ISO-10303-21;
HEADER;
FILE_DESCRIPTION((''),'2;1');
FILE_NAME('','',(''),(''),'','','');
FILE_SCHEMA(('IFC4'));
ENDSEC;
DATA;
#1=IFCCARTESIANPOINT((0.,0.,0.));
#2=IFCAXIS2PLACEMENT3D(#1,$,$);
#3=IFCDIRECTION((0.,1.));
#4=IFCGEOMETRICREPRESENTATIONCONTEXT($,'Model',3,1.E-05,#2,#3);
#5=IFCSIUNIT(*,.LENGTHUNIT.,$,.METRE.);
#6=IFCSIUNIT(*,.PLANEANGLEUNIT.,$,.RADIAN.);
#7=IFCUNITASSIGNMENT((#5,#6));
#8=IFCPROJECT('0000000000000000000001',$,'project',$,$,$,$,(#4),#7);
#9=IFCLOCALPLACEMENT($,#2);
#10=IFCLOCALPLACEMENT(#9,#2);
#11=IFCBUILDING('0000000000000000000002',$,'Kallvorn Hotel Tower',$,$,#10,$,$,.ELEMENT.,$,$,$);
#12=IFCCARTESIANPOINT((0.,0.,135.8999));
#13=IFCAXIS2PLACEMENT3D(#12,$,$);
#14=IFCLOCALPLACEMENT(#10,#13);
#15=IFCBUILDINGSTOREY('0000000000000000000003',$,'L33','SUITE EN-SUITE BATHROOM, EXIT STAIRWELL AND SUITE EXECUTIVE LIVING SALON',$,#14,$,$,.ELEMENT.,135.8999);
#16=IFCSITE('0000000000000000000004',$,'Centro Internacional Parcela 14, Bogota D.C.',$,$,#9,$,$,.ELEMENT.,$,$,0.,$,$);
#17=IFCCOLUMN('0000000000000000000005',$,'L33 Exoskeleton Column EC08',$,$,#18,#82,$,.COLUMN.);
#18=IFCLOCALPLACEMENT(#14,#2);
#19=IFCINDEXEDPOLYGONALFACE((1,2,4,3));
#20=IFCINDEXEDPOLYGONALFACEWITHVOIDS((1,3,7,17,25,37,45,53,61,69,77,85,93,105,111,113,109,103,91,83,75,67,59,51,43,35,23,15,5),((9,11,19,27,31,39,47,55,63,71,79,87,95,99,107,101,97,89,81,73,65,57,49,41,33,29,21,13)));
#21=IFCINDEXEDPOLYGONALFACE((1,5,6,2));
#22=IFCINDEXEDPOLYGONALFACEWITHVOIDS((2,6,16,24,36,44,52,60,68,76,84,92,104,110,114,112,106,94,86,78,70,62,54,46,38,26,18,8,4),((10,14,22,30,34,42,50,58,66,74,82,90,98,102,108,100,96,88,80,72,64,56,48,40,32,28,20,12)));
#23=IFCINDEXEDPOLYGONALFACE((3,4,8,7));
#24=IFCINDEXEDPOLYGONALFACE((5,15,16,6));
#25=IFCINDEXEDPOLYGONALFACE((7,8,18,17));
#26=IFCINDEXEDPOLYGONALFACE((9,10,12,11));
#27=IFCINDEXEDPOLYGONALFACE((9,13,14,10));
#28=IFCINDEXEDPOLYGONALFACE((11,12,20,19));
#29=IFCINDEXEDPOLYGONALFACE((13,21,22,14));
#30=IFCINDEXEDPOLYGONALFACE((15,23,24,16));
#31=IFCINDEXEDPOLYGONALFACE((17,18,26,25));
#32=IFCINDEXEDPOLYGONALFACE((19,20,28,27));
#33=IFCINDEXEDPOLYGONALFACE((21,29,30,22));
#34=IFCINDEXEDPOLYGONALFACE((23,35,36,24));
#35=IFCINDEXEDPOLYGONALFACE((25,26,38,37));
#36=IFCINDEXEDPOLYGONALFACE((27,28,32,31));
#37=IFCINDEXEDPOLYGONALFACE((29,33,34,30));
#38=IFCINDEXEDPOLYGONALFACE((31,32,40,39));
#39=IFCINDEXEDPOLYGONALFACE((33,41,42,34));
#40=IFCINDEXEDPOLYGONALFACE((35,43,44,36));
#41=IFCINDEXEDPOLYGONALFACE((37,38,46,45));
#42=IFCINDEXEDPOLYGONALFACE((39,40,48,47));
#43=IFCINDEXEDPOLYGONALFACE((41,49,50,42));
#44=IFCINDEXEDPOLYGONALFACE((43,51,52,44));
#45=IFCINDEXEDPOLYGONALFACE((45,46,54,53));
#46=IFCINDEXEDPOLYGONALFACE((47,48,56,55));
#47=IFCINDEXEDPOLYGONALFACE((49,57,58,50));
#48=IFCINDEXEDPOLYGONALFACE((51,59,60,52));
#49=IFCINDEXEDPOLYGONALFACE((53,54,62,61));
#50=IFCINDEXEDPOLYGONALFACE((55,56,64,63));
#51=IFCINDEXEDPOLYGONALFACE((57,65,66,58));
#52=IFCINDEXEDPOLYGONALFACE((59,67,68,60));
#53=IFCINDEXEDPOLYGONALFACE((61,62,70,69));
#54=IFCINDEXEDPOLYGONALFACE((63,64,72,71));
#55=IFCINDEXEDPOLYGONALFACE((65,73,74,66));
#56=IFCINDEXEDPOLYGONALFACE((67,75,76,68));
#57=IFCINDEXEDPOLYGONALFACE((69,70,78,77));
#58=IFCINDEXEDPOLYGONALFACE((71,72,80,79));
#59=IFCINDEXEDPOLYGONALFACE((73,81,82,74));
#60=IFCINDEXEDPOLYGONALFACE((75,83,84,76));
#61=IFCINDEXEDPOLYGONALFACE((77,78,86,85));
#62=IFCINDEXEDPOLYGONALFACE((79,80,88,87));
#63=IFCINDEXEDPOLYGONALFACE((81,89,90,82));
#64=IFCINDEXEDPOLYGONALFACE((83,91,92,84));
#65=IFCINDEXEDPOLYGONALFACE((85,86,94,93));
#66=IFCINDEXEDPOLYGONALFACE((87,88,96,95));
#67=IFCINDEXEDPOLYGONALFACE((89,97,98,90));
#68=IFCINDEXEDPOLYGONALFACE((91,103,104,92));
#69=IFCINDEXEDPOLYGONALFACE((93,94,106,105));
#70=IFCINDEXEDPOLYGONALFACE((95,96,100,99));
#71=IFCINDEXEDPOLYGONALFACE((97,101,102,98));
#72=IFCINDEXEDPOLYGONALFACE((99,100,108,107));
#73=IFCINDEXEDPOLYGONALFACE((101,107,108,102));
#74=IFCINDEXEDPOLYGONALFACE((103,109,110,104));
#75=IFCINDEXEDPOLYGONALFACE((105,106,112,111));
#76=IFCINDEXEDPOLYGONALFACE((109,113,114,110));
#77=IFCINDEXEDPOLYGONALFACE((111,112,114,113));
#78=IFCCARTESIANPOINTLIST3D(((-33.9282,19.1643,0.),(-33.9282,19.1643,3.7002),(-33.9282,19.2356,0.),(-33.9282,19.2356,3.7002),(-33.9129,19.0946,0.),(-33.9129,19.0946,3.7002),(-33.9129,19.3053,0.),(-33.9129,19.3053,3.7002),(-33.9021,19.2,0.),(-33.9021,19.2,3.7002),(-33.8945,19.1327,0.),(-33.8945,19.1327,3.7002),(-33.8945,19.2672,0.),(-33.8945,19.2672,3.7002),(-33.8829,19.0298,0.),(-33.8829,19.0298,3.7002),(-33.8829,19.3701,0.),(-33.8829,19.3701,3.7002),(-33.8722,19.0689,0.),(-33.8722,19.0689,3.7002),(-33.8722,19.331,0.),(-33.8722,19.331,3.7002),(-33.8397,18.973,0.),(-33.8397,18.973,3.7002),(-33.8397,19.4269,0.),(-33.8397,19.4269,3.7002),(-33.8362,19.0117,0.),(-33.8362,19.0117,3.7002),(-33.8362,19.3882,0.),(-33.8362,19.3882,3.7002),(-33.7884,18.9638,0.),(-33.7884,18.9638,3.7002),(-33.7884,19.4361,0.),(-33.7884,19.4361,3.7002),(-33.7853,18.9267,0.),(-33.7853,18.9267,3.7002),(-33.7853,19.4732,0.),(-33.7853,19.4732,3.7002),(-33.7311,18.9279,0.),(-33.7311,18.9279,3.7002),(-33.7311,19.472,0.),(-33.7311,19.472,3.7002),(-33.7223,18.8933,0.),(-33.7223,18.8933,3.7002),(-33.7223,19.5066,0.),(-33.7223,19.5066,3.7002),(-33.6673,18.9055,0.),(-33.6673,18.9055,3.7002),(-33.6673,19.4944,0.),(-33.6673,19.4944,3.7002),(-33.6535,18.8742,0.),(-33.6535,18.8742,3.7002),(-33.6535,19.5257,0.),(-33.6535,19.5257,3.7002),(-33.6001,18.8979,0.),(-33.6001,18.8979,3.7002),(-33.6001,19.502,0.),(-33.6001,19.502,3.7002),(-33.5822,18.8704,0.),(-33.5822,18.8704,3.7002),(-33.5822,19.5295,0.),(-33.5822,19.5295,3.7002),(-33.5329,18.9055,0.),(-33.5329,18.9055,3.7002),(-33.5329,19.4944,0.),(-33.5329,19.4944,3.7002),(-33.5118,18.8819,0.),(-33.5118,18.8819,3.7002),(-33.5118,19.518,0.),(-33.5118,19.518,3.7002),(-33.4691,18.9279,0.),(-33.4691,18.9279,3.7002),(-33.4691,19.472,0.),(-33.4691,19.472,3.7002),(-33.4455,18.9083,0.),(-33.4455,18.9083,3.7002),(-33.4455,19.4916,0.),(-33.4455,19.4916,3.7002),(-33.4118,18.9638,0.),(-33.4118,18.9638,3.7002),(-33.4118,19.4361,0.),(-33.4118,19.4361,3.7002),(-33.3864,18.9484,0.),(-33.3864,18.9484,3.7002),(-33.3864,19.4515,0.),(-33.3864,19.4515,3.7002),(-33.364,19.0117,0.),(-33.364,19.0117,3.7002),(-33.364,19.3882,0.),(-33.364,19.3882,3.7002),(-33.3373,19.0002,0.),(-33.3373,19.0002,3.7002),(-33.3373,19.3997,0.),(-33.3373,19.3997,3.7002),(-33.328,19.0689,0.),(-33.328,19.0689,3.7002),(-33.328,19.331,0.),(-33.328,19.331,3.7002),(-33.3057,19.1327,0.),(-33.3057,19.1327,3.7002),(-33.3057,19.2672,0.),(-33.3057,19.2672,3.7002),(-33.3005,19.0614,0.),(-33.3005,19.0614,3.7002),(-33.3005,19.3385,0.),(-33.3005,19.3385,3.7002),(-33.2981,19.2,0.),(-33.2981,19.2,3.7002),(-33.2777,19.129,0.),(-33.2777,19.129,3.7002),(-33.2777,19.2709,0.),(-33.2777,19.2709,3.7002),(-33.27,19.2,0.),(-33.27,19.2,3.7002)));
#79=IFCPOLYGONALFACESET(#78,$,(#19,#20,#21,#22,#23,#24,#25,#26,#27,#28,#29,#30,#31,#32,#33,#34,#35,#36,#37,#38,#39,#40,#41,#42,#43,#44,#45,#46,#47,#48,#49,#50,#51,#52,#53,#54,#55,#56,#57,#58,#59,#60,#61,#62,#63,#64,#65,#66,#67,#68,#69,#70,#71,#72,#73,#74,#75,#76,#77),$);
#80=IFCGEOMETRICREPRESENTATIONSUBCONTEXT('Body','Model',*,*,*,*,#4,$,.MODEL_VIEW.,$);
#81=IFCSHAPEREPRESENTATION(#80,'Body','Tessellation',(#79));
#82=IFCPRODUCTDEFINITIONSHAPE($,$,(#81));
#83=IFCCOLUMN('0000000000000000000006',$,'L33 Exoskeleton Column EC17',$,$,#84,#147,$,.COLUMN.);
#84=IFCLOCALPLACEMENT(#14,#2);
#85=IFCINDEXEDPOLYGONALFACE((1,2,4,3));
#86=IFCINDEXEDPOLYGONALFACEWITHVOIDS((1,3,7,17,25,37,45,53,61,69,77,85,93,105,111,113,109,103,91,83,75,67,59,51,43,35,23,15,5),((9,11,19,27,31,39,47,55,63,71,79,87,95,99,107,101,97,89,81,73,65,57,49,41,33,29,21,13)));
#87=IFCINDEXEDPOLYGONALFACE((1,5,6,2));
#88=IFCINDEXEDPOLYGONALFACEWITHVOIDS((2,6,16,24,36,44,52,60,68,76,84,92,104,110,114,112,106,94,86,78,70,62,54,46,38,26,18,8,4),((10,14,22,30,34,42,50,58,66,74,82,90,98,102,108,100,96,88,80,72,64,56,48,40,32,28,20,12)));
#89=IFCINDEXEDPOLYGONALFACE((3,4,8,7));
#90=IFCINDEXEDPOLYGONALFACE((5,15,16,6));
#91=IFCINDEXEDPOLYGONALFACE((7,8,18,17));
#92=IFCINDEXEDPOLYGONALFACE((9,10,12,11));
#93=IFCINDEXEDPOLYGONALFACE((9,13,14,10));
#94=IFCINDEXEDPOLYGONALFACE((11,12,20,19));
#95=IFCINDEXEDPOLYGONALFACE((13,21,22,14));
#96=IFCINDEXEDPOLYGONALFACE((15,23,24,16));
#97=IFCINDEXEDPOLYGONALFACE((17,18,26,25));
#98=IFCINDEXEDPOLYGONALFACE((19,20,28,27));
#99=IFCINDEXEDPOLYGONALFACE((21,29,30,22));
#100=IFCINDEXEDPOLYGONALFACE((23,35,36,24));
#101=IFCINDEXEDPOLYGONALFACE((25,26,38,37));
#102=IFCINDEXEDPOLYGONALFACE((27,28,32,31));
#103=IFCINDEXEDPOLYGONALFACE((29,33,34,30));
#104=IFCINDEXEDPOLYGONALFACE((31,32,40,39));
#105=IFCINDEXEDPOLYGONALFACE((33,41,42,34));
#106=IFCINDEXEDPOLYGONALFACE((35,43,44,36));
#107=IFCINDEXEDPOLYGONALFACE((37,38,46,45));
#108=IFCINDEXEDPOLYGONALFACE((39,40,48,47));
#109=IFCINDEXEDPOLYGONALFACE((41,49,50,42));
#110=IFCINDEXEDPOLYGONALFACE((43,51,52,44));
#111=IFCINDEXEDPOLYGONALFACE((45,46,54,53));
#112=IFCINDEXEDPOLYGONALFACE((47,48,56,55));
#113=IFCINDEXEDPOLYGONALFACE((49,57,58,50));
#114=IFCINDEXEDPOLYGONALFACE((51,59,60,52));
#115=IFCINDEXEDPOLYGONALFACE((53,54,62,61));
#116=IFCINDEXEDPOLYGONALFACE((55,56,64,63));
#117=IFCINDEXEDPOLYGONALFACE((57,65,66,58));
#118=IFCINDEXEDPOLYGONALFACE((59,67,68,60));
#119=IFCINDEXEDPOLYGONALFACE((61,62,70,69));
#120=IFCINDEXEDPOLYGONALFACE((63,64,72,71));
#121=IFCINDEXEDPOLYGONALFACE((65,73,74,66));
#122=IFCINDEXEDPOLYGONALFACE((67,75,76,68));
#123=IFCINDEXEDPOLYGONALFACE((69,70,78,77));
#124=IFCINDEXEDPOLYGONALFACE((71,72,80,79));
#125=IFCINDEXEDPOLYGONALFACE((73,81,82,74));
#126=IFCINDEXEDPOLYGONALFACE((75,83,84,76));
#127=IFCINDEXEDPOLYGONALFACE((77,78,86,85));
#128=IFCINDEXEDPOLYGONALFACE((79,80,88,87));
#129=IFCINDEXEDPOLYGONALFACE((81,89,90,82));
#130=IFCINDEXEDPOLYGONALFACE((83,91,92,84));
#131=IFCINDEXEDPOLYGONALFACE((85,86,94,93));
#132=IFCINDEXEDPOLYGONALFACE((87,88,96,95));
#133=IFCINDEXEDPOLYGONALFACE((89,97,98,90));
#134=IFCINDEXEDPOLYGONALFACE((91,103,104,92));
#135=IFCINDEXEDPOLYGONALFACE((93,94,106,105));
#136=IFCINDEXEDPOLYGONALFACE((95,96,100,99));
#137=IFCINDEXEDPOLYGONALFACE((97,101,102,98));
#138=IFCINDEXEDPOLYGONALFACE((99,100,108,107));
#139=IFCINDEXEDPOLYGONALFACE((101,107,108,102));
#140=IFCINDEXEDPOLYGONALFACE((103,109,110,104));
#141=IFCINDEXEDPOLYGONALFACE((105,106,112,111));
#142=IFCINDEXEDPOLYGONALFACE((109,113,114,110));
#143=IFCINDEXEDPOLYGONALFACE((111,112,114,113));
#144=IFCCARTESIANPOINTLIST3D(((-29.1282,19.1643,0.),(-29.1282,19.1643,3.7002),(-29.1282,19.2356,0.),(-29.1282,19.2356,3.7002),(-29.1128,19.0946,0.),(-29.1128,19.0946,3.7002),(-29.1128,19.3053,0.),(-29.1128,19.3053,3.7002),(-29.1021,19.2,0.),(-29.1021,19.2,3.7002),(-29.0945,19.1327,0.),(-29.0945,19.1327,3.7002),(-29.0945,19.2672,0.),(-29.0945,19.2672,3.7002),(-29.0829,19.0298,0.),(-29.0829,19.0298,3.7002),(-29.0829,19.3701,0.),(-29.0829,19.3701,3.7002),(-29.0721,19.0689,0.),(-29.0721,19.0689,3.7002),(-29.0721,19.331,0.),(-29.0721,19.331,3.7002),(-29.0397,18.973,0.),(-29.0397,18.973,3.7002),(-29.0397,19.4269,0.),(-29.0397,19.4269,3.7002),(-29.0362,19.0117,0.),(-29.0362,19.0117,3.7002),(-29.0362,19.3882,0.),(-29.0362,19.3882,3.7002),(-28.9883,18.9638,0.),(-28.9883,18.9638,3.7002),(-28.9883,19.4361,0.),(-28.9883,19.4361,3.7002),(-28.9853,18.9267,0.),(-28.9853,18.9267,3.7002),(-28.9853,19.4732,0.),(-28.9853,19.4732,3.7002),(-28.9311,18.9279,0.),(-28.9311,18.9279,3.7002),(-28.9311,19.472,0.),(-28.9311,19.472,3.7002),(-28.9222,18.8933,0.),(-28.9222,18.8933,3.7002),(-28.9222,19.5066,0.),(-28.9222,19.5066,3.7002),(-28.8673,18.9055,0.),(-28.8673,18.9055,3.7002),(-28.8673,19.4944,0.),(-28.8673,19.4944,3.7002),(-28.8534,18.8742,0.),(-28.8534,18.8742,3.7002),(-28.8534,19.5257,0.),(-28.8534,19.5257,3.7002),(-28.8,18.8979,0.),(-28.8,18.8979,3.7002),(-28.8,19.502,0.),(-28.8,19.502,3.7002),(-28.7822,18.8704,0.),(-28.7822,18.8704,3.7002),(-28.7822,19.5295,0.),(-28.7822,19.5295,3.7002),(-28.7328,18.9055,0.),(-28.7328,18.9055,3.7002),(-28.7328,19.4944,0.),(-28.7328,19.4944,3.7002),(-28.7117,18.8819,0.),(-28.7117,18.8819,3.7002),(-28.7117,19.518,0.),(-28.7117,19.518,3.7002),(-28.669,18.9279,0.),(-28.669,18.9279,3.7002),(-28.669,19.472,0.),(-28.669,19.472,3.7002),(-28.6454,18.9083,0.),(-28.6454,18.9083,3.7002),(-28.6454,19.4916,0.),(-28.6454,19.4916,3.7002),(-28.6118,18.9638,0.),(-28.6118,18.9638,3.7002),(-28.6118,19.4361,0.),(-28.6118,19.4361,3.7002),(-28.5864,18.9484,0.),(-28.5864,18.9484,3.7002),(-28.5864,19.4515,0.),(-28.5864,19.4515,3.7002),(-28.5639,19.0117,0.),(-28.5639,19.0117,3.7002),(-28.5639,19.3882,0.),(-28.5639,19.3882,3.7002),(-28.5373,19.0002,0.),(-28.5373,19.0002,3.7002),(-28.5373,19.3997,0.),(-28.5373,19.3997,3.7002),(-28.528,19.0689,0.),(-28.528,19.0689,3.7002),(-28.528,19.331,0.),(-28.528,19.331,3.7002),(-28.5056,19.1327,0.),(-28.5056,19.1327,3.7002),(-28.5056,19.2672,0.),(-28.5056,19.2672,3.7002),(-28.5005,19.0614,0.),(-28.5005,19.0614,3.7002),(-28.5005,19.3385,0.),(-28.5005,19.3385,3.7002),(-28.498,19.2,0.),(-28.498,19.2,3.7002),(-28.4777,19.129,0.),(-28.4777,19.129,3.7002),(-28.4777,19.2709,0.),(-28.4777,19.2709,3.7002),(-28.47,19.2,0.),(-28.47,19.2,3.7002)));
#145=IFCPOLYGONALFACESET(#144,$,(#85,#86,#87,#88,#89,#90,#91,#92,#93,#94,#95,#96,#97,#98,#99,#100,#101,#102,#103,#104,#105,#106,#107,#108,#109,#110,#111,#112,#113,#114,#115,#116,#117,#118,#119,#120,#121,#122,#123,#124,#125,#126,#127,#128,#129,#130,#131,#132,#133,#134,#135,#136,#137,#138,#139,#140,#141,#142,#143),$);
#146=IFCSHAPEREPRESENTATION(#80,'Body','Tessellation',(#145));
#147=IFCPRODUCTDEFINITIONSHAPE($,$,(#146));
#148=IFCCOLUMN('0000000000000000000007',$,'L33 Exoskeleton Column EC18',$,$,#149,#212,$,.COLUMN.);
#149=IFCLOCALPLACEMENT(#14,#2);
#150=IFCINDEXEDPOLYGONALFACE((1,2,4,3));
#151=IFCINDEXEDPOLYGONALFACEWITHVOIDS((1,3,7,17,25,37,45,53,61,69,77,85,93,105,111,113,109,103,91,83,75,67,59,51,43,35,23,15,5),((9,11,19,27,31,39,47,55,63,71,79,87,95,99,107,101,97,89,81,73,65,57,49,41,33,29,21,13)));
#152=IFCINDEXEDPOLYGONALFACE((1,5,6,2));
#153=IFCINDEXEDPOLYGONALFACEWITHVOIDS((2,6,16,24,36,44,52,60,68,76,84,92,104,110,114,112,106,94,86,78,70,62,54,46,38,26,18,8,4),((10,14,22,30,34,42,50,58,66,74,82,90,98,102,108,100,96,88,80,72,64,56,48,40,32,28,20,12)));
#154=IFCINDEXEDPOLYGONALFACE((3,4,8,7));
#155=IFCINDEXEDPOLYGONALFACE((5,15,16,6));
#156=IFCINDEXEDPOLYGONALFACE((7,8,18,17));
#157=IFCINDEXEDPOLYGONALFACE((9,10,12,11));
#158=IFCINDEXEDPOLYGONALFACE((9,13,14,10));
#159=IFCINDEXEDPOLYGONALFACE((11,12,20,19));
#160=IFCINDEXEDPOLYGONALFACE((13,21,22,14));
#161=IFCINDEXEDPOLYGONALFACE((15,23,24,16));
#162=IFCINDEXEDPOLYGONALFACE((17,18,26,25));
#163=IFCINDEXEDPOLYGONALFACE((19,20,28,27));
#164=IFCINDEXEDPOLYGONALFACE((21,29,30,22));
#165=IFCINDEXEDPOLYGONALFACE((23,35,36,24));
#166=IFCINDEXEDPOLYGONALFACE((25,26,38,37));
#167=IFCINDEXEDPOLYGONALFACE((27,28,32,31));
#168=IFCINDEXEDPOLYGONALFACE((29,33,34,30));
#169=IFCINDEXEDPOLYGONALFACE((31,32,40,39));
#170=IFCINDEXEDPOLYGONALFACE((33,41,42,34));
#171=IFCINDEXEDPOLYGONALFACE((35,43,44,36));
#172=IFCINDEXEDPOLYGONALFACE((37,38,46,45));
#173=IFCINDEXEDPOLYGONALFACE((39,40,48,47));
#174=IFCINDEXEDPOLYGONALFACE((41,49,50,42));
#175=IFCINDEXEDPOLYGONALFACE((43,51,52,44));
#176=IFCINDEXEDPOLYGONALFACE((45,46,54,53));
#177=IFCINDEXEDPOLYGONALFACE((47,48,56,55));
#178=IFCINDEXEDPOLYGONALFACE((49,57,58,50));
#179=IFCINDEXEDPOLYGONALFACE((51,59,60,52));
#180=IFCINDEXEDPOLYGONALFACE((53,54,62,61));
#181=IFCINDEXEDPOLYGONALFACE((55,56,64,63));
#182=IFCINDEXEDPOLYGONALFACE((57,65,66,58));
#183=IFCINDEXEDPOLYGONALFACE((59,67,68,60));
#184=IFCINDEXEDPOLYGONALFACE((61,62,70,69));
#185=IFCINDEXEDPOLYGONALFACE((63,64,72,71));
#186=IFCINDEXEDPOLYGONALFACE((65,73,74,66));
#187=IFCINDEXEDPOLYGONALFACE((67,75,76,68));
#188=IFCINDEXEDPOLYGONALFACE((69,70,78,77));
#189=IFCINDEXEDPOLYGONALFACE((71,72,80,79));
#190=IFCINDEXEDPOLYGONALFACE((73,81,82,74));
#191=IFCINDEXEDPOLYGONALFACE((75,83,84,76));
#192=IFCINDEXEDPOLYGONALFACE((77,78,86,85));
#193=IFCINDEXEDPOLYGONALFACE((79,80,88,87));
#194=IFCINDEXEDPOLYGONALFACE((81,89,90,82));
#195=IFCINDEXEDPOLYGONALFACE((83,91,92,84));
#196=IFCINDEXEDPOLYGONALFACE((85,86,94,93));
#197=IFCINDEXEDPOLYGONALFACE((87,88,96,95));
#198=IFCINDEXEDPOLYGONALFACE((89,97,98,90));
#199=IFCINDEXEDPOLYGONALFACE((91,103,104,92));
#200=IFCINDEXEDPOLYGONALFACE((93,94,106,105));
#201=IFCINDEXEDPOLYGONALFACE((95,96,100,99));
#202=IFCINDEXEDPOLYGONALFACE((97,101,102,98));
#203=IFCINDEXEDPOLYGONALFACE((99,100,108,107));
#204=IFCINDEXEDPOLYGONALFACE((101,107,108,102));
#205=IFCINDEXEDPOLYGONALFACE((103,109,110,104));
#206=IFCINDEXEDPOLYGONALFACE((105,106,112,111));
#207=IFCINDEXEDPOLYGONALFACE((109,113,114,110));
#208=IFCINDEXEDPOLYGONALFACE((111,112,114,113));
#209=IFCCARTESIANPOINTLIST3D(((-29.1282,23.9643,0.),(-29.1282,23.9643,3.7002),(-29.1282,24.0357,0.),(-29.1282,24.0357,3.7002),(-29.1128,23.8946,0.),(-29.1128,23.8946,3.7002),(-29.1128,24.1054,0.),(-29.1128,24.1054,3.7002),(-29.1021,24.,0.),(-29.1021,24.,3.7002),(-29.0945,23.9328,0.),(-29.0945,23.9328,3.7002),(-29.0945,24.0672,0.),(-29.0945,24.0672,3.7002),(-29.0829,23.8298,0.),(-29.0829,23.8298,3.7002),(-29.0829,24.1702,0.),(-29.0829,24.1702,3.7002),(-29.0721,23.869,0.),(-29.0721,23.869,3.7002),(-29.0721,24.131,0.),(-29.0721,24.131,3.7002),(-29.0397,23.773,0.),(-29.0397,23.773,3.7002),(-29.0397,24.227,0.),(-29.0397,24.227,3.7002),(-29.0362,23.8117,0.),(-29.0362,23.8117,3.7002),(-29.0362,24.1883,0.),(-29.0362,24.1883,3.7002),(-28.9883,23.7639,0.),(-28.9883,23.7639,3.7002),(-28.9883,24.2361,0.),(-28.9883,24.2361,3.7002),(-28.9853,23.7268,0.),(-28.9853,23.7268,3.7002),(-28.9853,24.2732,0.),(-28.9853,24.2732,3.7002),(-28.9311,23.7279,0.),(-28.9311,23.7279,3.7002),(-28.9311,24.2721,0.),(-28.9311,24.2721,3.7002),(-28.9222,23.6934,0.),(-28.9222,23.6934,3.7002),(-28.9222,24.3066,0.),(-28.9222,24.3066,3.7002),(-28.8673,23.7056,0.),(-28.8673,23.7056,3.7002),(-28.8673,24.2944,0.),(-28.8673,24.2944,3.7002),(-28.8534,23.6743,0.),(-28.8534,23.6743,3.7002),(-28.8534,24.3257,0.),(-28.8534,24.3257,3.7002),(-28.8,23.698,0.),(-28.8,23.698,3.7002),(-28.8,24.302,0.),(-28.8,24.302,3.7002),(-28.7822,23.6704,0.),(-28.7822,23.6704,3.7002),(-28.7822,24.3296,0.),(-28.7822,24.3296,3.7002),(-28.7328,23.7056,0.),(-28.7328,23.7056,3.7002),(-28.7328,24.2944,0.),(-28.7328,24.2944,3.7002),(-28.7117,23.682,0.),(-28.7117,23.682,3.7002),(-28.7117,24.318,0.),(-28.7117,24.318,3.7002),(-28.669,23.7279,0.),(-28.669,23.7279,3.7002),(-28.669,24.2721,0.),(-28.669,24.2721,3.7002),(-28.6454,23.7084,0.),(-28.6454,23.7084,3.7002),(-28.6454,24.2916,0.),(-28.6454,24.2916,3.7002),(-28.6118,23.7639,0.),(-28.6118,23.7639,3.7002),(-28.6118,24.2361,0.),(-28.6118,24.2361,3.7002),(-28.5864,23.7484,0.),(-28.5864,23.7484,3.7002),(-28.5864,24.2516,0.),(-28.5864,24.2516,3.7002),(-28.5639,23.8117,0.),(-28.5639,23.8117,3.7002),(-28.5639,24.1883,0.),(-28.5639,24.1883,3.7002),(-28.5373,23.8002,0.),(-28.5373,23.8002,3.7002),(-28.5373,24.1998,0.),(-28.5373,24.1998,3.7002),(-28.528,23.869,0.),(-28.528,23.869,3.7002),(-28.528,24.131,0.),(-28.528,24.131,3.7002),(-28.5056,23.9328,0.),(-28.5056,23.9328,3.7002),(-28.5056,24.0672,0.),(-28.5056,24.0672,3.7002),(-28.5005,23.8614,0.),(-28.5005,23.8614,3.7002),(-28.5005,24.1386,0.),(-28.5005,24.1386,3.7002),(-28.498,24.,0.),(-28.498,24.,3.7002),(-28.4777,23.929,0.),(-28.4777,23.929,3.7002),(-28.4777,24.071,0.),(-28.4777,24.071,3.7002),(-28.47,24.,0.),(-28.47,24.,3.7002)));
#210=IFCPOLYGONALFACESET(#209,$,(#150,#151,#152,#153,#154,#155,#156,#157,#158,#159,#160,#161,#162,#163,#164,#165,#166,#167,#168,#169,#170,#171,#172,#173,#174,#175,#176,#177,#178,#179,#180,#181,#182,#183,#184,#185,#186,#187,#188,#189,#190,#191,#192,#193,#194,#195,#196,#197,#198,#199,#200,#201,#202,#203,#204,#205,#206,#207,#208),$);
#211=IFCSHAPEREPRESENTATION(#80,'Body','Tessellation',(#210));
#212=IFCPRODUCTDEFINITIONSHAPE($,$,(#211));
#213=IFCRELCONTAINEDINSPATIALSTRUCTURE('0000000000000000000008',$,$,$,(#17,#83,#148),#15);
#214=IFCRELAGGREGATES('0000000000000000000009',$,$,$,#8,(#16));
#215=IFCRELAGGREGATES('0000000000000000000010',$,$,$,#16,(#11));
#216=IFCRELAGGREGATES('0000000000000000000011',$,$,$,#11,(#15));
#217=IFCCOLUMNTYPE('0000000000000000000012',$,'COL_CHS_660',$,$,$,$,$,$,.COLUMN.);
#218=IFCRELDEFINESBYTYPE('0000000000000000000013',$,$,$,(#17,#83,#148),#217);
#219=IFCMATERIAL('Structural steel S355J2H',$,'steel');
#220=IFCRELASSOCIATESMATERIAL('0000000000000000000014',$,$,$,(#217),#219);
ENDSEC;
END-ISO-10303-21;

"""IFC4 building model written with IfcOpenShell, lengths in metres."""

from ifc_helpers import new_model, si_unit, direction, frame, origin, origin_2d, place, context, subcontext, project, spatial, hollow_circle, extrude, material, material_profile, profile_set, type_object, element, save


model = new_model("IFC4")

# Units and contexts
model_context = context("Model", 3, precision=1e-05, world=origin(), true_north=direction((0.0, 1.0)))
body_context = subcontext(model_context, "Body", "Model", "MODEL_VIEW")
ifc_project = project(units=[si_unit("LENGTHUNIT", "METRE"), si_unit("PLANEANGLEUNIT", "RADIAN")], contexts=[model_context])

# Site, building, storey
site_placement = place(None, origin())
site = spatial("IfcSite", under=ifc_project, at=site_placement, Name="Centro Internacional Parcela 14, Bogota D.C.", CompositionType="ELEMENT", RefElevation=0.0)
building_placement = place(site_placement, origin())
building = spatial("IfcBuilding", under=site, at=building_placement, Name="Kallvorn Hotel Tower", CompositionType="ELEMENT")
storey_placement = place(building_placement, frame((0.0, 0.0, 135.8999)))
storey = spatial("IfcBuildingStorey", under=building, at=storey_placement, Name="L33", Description="SUITE EN-SUITE BATHROOM, EXIT STAIRWELL AND SUITE EXECUTIVE LIVING SALON", CompositionType="ELEMENT", Elevation=135.8999)

# Columns
ifc_material_1 = material(Name="Structural steel S355J2H", Category="steel")
ifc_material_profile_1 = material_profile(ifc_material_1, hollow_circle(Radius=0.3301, WallThickness=0.0281, at=origin_2d()), Name="CHS 660x28")
ifc_profile_set_1 = profile_set([ifc_material_profile_1], Name="Structural steel S355J2H")
column_type_1 = type_object("IfcColumnType", Name="COL_CHS_660", PredefinedType="COLUMN", material=ifc_profile_set_1)
for number, where, z_axis, x_axis, name in (
    (1, (-33.6001, 19.2, 0.0), (0.0, 0.0, 1.0), (1.0, 0.0, 0.0), "L33 Exoskeleton Column EC08"),
    (2, (-28.8, 19.2, 0.0), (0.0, 0.0, 1.0), (1.0, 0.0, 0.0), "L33 Exoskeleton Column EC17"),
    (3, (-28.8, 24.0, 0.0), (0.0, 0.0, 1.0), (1.0, 0.0, 0.0), "L33 Exoskeleton Column EC18"),
):
    element("IfcColumn", number, at=place(storey_placement, frame(where, z_axis=z_axis, x_axis=x_axis)), inside=storey, type_object=column_type_1, Name=name, PredefinedType="COLUMN", context=body_context, shape_type="SweptSolid", body=[
        extrude(hollow_circle(Radius=0.3301, WallThickness=0.0281, at=origin_2d()), origin(), (0.0, 0.0, 1.0), 3.7002),
    ])

save(model, "model.ifc")
